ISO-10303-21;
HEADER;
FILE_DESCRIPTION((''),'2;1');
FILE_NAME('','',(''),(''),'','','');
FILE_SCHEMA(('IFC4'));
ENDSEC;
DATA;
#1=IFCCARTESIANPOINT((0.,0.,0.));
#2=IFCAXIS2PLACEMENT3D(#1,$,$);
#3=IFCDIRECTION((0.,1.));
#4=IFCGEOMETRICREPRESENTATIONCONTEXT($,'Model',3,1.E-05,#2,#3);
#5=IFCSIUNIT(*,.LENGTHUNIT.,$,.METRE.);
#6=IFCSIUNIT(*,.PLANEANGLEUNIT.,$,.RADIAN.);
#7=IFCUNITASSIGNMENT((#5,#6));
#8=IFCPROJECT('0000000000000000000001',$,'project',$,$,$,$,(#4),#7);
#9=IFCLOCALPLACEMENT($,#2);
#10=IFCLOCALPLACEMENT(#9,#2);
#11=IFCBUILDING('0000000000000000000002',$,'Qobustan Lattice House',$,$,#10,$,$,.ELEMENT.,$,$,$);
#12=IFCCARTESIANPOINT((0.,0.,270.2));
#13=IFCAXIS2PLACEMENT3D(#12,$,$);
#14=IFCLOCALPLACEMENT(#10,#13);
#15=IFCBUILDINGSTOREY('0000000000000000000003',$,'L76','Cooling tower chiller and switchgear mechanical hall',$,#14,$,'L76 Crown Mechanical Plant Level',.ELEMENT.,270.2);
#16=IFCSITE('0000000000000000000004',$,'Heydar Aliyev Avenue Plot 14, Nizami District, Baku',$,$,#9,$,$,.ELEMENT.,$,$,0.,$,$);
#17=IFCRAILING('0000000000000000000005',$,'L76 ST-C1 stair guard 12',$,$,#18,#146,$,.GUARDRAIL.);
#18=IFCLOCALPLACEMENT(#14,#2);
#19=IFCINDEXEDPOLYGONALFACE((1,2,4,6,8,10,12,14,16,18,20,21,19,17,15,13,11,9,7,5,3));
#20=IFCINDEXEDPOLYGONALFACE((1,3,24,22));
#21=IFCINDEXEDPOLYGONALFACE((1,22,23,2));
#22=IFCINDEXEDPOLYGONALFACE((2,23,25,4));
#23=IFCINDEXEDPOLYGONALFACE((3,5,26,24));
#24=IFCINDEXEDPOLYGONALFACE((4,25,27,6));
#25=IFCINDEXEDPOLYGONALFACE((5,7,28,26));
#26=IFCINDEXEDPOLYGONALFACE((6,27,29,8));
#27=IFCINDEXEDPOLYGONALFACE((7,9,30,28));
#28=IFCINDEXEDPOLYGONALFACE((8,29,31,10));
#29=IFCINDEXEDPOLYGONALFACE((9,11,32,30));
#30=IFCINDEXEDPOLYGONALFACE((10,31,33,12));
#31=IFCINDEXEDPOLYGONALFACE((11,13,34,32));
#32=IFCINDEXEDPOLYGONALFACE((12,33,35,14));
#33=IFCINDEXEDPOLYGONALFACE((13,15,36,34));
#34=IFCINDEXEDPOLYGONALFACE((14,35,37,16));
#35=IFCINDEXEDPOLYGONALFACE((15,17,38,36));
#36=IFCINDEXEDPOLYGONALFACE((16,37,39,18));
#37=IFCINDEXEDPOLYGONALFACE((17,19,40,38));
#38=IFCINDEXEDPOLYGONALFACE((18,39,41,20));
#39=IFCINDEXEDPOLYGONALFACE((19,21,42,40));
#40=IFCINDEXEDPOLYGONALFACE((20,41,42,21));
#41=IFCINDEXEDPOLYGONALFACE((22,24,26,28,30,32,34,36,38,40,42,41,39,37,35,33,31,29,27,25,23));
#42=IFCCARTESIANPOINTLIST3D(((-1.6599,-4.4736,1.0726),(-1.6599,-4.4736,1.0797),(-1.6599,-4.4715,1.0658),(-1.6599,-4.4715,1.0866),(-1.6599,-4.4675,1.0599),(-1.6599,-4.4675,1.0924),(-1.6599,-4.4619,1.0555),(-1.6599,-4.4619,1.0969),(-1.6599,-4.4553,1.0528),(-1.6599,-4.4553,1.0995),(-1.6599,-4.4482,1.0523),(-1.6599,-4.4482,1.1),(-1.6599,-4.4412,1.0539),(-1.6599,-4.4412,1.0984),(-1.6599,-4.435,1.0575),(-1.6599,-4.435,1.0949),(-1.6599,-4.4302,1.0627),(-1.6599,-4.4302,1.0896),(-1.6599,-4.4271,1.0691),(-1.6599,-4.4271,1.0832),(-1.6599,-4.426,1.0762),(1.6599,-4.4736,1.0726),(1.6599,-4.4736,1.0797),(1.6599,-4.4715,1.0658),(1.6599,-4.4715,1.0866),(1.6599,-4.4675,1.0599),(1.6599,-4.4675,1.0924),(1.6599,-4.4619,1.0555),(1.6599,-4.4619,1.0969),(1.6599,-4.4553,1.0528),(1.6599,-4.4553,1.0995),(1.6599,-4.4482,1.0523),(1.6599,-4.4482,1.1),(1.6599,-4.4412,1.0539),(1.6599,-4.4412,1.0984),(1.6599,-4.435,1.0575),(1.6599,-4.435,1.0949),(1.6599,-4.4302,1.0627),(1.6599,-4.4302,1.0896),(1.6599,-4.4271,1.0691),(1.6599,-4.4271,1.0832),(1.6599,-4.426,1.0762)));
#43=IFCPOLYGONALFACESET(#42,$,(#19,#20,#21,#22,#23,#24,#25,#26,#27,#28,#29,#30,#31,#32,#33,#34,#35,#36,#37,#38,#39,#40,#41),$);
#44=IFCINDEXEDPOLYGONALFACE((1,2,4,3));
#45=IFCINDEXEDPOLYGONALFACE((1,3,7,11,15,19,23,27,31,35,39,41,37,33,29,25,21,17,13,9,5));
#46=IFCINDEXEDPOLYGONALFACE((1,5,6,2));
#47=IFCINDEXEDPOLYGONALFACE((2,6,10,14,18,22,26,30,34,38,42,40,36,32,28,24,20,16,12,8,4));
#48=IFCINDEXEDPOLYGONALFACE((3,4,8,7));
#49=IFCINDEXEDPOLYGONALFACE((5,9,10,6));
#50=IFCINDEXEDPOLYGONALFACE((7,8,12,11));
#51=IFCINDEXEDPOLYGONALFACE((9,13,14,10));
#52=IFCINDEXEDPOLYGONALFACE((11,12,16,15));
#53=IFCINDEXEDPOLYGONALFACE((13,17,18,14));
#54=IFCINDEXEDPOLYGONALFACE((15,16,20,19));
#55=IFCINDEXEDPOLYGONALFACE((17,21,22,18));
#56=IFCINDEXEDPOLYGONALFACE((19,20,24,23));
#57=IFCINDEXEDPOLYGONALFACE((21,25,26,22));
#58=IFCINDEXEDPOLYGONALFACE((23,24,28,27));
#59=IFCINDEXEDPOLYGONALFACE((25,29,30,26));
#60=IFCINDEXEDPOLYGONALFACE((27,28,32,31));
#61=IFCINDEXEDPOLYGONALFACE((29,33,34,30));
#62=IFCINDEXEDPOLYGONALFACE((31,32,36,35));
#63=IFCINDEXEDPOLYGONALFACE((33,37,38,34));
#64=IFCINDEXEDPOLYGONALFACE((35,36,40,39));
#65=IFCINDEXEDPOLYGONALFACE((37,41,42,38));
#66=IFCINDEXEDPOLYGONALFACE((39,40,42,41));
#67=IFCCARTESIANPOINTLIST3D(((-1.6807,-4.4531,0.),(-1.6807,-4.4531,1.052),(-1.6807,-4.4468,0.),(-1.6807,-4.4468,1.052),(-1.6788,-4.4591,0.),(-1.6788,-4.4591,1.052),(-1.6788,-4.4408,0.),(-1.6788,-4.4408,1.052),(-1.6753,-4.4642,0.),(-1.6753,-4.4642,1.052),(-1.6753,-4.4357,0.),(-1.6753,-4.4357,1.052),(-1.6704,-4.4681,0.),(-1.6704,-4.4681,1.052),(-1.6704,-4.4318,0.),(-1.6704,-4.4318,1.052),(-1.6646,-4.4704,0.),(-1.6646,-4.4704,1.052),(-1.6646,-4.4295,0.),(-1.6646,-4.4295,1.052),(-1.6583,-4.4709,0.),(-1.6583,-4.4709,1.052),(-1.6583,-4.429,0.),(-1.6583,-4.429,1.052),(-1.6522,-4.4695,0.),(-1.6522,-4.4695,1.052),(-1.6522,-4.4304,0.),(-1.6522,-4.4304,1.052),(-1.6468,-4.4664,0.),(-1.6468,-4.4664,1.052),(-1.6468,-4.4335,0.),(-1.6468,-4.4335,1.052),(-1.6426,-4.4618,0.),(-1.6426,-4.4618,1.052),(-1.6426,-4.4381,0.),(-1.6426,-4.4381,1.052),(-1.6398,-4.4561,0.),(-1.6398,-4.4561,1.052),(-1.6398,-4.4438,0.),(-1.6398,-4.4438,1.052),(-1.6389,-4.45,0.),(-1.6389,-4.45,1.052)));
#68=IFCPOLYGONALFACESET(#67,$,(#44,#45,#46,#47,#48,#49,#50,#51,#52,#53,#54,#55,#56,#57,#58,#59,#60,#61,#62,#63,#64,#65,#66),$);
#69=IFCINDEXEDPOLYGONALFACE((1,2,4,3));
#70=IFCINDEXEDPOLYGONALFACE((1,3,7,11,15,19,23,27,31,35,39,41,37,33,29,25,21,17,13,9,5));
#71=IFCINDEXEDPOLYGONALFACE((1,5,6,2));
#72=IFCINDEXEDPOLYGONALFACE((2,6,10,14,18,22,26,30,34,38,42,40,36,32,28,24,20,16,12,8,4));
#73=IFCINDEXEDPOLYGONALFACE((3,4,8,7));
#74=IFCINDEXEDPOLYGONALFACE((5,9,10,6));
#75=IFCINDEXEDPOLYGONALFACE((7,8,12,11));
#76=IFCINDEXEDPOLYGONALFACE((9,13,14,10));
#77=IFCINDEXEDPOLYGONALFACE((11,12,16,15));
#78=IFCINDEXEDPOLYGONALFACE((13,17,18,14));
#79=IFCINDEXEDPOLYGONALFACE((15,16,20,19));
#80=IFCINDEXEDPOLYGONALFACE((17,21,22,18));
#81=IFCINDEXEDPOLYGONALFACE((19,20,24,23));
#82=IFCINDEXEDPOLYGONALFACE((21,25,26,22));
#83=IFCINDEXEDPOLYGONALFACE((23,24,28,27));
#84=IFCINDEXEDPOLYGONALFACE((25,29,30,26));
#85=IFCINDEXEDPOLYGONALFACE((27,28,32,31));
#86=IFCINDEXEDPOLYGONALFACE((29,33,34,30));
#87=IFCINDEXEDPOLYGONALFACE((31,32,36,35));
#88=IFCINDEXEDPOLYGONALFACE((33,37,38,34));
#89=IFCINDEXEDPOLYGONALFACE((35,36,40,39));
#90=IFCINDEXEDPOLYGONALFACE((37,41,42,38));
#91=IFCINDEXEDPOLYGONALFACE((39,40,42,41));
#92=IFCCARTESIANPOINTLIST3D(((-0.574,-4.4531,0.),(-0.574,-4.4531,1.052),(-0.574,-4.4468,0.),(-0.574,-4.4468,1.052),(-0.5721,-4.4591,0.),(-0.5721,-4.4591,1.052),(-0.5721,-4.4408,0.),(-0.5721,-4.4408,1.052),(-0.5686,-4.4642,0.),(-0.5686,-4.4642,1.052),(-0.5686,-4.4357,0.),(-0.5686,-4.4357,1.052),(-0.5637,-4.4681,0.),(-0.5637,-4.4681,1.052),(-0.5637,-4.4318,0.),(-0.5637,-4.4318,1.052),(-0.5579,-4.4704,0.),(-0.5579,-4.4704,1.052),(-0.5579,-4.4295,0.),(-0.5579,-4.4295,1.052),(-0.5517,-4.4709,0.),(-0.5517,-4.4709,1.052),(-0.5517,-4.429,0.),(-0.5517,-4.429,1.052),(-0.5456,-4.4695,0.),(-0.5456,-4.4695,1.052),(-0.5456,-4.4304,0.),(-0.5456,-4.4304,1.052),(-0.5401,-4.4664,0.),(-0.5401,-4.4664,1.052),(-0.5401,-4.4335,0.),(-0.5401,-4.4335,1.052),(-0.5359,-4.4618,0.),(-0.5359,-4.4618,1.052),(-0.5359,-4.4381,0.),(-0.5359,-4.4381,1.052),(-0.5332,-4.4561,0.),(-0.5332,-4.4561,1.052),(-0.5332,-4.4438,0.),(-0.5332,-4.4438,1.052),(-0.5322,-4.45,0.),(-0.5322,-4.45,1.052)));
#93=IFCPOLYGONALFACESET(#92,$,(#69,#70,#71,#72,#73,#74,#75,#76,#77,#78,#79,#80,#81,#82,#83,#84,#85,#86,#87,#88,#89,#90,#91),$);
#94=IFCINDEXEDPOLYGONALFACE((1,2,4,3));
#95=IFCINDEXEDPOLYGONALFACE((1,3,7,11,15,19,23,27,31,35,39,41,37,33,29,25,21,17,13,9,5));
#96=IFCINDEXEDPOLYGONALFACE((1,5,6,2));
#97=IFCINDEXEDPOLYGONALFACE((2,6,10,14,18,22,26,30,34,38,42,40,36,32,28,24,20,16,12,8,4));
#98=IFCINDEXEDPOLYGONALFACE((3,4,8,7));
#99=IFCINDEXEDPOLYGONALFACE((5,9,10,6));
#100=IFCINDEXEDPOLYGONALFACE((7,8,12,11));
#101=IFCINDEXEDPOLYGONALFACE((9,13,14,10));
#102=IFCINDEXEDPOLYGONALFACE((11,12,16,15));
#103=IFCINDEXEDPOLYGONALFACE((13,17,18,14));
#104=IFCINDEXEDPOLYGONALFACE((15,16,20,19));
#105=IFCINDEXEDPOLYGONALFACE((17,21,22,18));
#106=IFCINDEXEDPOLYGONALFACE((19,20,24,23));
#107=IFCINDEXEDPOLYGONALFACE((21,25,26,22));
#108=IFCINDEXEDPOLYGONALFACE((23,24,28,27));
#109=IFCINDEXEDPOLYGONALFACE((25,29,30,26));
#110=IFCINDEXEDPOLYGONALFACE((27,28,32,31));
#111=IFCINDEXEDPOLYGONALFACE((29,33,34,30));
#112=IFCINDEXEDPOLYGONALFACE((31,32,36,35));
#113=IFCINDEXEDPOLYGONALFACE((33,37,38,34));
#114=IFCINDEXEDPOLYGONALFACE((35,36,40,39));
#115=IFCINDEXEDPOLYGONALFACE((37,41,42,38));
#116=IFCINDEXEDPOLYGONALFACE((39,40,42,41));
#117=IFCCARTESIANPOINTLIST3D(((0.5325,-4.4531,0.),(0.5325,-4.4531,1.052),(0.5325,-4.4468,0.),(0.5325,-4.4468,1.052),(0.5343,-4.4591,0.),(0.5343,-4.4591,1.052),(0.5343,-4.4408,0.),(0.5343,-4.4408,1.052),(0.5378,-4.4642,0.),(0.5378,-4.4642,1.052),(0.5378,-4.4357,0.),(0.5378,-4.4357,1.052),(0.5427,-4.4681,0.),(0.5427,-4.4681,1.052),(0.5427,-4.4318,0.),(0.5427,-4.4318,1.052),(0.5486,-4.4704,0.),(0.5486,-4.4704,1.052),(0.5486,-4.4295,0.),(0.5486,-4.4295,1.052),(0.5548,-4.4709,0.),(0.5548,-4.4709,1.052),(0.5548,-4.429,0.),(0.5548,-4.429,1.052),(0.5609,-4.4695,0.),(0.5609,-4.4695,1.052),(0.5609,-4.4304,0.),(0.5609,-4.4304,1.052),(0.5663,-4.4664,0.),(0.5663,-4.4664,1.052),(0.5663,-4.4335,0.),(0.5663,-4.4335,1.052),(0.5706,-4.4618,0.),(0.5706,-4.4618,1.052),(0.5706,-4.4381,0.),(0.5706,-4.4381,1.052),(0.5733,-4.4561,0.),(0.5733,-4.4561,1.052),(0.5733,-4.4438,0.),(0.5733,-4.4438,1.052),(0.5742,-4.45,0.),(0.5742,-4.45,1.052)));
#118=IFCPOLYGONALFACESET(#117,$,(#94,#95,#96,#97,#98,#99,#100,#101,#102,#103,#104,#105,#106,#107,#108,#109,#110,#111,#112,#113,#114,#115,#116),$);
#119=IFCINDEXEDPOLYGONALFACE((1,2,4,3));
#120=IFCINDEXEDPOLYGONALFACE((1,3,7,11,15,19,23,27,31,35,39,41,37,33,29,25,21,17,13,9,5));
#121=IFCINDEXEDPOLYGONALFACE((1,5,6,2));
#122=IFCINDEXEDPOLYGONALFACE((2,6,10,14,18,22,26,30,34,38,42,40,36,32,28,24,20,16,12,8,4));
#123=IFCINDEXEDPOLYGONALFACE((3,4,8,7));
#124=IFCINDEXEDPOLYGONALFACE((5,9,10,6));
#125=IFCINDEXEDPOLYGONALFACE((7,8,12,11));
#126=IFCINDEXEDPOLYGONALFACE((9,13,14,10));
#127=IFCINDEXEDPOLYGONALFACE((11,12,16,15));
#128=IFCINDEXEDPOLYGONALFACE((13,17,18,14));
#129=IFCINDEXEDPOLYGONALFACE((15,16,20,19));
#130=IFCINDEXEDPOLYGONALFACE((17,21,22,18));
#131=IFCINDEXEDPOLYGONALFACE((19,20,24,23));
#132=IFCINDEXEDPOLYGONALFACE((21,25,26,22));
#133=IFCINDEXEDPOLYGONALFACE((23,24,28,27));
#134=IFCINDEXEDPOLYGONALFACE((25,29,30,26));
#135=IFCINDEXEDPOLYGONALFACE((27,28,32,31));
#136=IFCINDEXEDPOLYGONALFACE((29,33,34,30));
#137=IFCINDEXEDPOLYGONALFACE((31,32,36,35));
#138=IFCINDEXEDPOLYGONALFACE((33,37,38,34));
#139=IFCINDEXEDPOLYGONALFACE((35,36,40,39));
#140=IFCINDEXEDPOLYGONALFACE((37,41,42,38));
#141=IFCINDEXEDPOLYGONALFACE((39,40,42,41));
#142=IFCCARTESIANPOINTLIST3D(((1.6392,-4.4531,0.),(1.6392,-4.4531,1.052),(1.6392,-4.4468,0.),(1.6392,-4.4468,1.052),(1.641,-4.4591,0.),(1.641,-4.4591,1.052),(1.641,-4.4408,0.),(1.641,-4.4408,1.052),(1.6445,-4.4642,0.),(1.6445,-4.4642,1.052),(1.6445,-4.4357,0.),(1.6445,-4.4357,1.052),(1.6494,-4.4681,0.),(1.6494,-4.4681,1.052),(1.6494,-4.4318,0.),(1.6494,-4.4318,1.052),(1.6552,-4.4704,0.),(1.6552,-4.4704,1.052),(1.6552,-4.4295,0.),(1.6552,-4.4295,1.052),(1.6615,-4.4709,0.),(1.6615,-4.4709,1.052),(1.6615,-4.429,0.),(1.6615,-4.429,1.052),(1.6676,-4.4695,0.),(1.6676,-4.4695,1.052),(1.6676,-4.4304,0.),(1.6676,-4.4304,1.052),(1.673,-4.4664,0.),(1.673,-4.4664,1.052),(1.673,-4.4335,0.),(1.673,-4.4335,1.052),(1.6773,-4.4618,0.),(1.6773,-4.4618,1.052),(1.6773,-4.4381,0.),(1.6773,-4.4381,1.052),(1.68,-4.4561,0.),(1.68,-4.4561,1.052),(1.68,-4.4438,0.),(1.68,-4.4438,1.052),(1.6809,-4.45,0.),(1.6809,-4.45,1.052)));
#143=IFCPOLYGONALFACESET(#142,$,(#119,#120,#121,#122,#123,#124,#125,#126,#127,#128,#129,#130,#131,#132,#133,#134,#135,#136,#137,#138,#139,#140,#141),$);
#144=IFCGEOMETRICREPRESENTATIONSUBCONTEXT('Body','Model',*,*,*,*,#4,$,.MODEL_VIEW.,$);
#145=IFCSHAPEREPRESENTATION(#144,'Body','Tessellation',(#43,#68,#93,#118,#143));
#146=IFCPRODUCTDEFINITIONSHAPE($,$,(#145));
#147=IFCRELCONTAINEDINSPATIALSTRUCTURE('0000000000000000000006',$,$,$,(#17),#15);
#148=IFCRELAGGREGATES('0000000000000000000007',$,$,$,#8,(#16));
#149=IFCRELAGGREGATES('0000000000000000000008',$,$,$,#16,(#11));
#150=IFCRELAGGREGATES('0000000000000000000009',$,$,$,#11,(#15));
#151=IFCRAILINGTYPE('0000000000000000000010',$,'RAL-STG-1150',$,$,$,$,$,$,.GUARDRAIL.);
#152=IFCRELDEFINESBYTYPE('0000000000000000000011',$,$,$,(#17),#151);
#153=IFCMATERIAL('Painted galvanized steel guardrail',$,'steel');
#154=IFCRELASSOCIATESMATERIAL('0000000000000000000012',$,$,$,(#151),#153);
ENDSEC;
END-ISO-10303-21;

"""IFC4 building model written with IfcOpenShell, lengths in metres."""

from ifc_helpers import new_model, si_unit, direction, frame, origin, origin_2d, place, context, subcontext, project, spatial, circle, extrude, material, type_object, element, save


model = new_model("IFC4")

# Units and contexts
model_context = context("Model", 3, precision=1e-05, world=origin(), true_north=direction((0.0, 1.0)))
body_context = subcontext(model_context, "Body", "Model", "MODEL_VIEW")
ifc_project = project(units=[si_unit("LENGTHUNIT", "METRE"), si_unit("PLANEANGLEUNIT", "RADIAN")], contexts=[model_context])

# Site, building, storey
site_placement = place(None, origin())
site = spatial("IfcSite", under=ifc_project, at=site_placement, Name="Heydar Aliyev Avenue Plot 14, Nizami District, Baku", CompositionType="ELEMENT", RefElevation=0.0)
building_placement = place(site_placement, origin())
building = spatial("IfcBuilding", under=site, at=building_placement, Name="Qobustan Lattice House", CompositionType="ELEMENT")
storey_placement = place(building_placement, frame((0.0, 0.0, 270.2)))
storey = spatial("IfcBuildingStorey", under=building, at=storey_placement, Name="L76", Description="Cooling tower chiller and switchgear mechanical hall", LongName="L76 Crown Mechanical Plant Level", CompositionType="ELEMENT", Elevation=270.2)

# Railing
ifc_material_1 = material(Name="Painted galvanized steel guardrail", Category="steel")
railing_type = type_object("IfcRailingType", Name="RAL-STG-1150", PredefinedType="GUARDRAIL", material=ifc_material_1)
railing_1_placement = place(storey_placement, frame((-1.6599, -4.45, 0.0)))
element("IfcRailing", 1, at=railing_1_placement, inside=storey, type_object=railing_type, Name="L76 ST-C1 stair guard 12", PredefinedType="GUARDRAIL", context=body_context, shape_type="SweptSolid", body=[
    extrude(circle(Radius=0.0239, at=origin_2d()), frame((0.0, 0.0, 1.0762), z_axis=(1.0, 0.0, 0.0), x_axis=(0.0, 1.0, 0.0)), (0.0, 0.0, 1.0), 3.3198),
    extrude(circle(Radius=0.021, at=origin_2d()), origin(), (0.0, 0.0, 1.0), 1.052),
    extrude(circle(Radius=0.021, at=origin_2d()), frame((1.1067, 0.0, 0.0)), (0.0, 0.0, 1.0), 1.052),
    extrude(circle(Radius=0.021, at=origin_2d()), frame((2.2131, 0.0, 0.0)), (0.0, 0.0, 1.0), 1.052),
    extrude(circle(Radius=0.021, at=origin_2d()), frame((3.3198, 0.0, 0.0)), (0.0, 0.0, 1.0), 1.052),
])

save(model, "model.ifc")
